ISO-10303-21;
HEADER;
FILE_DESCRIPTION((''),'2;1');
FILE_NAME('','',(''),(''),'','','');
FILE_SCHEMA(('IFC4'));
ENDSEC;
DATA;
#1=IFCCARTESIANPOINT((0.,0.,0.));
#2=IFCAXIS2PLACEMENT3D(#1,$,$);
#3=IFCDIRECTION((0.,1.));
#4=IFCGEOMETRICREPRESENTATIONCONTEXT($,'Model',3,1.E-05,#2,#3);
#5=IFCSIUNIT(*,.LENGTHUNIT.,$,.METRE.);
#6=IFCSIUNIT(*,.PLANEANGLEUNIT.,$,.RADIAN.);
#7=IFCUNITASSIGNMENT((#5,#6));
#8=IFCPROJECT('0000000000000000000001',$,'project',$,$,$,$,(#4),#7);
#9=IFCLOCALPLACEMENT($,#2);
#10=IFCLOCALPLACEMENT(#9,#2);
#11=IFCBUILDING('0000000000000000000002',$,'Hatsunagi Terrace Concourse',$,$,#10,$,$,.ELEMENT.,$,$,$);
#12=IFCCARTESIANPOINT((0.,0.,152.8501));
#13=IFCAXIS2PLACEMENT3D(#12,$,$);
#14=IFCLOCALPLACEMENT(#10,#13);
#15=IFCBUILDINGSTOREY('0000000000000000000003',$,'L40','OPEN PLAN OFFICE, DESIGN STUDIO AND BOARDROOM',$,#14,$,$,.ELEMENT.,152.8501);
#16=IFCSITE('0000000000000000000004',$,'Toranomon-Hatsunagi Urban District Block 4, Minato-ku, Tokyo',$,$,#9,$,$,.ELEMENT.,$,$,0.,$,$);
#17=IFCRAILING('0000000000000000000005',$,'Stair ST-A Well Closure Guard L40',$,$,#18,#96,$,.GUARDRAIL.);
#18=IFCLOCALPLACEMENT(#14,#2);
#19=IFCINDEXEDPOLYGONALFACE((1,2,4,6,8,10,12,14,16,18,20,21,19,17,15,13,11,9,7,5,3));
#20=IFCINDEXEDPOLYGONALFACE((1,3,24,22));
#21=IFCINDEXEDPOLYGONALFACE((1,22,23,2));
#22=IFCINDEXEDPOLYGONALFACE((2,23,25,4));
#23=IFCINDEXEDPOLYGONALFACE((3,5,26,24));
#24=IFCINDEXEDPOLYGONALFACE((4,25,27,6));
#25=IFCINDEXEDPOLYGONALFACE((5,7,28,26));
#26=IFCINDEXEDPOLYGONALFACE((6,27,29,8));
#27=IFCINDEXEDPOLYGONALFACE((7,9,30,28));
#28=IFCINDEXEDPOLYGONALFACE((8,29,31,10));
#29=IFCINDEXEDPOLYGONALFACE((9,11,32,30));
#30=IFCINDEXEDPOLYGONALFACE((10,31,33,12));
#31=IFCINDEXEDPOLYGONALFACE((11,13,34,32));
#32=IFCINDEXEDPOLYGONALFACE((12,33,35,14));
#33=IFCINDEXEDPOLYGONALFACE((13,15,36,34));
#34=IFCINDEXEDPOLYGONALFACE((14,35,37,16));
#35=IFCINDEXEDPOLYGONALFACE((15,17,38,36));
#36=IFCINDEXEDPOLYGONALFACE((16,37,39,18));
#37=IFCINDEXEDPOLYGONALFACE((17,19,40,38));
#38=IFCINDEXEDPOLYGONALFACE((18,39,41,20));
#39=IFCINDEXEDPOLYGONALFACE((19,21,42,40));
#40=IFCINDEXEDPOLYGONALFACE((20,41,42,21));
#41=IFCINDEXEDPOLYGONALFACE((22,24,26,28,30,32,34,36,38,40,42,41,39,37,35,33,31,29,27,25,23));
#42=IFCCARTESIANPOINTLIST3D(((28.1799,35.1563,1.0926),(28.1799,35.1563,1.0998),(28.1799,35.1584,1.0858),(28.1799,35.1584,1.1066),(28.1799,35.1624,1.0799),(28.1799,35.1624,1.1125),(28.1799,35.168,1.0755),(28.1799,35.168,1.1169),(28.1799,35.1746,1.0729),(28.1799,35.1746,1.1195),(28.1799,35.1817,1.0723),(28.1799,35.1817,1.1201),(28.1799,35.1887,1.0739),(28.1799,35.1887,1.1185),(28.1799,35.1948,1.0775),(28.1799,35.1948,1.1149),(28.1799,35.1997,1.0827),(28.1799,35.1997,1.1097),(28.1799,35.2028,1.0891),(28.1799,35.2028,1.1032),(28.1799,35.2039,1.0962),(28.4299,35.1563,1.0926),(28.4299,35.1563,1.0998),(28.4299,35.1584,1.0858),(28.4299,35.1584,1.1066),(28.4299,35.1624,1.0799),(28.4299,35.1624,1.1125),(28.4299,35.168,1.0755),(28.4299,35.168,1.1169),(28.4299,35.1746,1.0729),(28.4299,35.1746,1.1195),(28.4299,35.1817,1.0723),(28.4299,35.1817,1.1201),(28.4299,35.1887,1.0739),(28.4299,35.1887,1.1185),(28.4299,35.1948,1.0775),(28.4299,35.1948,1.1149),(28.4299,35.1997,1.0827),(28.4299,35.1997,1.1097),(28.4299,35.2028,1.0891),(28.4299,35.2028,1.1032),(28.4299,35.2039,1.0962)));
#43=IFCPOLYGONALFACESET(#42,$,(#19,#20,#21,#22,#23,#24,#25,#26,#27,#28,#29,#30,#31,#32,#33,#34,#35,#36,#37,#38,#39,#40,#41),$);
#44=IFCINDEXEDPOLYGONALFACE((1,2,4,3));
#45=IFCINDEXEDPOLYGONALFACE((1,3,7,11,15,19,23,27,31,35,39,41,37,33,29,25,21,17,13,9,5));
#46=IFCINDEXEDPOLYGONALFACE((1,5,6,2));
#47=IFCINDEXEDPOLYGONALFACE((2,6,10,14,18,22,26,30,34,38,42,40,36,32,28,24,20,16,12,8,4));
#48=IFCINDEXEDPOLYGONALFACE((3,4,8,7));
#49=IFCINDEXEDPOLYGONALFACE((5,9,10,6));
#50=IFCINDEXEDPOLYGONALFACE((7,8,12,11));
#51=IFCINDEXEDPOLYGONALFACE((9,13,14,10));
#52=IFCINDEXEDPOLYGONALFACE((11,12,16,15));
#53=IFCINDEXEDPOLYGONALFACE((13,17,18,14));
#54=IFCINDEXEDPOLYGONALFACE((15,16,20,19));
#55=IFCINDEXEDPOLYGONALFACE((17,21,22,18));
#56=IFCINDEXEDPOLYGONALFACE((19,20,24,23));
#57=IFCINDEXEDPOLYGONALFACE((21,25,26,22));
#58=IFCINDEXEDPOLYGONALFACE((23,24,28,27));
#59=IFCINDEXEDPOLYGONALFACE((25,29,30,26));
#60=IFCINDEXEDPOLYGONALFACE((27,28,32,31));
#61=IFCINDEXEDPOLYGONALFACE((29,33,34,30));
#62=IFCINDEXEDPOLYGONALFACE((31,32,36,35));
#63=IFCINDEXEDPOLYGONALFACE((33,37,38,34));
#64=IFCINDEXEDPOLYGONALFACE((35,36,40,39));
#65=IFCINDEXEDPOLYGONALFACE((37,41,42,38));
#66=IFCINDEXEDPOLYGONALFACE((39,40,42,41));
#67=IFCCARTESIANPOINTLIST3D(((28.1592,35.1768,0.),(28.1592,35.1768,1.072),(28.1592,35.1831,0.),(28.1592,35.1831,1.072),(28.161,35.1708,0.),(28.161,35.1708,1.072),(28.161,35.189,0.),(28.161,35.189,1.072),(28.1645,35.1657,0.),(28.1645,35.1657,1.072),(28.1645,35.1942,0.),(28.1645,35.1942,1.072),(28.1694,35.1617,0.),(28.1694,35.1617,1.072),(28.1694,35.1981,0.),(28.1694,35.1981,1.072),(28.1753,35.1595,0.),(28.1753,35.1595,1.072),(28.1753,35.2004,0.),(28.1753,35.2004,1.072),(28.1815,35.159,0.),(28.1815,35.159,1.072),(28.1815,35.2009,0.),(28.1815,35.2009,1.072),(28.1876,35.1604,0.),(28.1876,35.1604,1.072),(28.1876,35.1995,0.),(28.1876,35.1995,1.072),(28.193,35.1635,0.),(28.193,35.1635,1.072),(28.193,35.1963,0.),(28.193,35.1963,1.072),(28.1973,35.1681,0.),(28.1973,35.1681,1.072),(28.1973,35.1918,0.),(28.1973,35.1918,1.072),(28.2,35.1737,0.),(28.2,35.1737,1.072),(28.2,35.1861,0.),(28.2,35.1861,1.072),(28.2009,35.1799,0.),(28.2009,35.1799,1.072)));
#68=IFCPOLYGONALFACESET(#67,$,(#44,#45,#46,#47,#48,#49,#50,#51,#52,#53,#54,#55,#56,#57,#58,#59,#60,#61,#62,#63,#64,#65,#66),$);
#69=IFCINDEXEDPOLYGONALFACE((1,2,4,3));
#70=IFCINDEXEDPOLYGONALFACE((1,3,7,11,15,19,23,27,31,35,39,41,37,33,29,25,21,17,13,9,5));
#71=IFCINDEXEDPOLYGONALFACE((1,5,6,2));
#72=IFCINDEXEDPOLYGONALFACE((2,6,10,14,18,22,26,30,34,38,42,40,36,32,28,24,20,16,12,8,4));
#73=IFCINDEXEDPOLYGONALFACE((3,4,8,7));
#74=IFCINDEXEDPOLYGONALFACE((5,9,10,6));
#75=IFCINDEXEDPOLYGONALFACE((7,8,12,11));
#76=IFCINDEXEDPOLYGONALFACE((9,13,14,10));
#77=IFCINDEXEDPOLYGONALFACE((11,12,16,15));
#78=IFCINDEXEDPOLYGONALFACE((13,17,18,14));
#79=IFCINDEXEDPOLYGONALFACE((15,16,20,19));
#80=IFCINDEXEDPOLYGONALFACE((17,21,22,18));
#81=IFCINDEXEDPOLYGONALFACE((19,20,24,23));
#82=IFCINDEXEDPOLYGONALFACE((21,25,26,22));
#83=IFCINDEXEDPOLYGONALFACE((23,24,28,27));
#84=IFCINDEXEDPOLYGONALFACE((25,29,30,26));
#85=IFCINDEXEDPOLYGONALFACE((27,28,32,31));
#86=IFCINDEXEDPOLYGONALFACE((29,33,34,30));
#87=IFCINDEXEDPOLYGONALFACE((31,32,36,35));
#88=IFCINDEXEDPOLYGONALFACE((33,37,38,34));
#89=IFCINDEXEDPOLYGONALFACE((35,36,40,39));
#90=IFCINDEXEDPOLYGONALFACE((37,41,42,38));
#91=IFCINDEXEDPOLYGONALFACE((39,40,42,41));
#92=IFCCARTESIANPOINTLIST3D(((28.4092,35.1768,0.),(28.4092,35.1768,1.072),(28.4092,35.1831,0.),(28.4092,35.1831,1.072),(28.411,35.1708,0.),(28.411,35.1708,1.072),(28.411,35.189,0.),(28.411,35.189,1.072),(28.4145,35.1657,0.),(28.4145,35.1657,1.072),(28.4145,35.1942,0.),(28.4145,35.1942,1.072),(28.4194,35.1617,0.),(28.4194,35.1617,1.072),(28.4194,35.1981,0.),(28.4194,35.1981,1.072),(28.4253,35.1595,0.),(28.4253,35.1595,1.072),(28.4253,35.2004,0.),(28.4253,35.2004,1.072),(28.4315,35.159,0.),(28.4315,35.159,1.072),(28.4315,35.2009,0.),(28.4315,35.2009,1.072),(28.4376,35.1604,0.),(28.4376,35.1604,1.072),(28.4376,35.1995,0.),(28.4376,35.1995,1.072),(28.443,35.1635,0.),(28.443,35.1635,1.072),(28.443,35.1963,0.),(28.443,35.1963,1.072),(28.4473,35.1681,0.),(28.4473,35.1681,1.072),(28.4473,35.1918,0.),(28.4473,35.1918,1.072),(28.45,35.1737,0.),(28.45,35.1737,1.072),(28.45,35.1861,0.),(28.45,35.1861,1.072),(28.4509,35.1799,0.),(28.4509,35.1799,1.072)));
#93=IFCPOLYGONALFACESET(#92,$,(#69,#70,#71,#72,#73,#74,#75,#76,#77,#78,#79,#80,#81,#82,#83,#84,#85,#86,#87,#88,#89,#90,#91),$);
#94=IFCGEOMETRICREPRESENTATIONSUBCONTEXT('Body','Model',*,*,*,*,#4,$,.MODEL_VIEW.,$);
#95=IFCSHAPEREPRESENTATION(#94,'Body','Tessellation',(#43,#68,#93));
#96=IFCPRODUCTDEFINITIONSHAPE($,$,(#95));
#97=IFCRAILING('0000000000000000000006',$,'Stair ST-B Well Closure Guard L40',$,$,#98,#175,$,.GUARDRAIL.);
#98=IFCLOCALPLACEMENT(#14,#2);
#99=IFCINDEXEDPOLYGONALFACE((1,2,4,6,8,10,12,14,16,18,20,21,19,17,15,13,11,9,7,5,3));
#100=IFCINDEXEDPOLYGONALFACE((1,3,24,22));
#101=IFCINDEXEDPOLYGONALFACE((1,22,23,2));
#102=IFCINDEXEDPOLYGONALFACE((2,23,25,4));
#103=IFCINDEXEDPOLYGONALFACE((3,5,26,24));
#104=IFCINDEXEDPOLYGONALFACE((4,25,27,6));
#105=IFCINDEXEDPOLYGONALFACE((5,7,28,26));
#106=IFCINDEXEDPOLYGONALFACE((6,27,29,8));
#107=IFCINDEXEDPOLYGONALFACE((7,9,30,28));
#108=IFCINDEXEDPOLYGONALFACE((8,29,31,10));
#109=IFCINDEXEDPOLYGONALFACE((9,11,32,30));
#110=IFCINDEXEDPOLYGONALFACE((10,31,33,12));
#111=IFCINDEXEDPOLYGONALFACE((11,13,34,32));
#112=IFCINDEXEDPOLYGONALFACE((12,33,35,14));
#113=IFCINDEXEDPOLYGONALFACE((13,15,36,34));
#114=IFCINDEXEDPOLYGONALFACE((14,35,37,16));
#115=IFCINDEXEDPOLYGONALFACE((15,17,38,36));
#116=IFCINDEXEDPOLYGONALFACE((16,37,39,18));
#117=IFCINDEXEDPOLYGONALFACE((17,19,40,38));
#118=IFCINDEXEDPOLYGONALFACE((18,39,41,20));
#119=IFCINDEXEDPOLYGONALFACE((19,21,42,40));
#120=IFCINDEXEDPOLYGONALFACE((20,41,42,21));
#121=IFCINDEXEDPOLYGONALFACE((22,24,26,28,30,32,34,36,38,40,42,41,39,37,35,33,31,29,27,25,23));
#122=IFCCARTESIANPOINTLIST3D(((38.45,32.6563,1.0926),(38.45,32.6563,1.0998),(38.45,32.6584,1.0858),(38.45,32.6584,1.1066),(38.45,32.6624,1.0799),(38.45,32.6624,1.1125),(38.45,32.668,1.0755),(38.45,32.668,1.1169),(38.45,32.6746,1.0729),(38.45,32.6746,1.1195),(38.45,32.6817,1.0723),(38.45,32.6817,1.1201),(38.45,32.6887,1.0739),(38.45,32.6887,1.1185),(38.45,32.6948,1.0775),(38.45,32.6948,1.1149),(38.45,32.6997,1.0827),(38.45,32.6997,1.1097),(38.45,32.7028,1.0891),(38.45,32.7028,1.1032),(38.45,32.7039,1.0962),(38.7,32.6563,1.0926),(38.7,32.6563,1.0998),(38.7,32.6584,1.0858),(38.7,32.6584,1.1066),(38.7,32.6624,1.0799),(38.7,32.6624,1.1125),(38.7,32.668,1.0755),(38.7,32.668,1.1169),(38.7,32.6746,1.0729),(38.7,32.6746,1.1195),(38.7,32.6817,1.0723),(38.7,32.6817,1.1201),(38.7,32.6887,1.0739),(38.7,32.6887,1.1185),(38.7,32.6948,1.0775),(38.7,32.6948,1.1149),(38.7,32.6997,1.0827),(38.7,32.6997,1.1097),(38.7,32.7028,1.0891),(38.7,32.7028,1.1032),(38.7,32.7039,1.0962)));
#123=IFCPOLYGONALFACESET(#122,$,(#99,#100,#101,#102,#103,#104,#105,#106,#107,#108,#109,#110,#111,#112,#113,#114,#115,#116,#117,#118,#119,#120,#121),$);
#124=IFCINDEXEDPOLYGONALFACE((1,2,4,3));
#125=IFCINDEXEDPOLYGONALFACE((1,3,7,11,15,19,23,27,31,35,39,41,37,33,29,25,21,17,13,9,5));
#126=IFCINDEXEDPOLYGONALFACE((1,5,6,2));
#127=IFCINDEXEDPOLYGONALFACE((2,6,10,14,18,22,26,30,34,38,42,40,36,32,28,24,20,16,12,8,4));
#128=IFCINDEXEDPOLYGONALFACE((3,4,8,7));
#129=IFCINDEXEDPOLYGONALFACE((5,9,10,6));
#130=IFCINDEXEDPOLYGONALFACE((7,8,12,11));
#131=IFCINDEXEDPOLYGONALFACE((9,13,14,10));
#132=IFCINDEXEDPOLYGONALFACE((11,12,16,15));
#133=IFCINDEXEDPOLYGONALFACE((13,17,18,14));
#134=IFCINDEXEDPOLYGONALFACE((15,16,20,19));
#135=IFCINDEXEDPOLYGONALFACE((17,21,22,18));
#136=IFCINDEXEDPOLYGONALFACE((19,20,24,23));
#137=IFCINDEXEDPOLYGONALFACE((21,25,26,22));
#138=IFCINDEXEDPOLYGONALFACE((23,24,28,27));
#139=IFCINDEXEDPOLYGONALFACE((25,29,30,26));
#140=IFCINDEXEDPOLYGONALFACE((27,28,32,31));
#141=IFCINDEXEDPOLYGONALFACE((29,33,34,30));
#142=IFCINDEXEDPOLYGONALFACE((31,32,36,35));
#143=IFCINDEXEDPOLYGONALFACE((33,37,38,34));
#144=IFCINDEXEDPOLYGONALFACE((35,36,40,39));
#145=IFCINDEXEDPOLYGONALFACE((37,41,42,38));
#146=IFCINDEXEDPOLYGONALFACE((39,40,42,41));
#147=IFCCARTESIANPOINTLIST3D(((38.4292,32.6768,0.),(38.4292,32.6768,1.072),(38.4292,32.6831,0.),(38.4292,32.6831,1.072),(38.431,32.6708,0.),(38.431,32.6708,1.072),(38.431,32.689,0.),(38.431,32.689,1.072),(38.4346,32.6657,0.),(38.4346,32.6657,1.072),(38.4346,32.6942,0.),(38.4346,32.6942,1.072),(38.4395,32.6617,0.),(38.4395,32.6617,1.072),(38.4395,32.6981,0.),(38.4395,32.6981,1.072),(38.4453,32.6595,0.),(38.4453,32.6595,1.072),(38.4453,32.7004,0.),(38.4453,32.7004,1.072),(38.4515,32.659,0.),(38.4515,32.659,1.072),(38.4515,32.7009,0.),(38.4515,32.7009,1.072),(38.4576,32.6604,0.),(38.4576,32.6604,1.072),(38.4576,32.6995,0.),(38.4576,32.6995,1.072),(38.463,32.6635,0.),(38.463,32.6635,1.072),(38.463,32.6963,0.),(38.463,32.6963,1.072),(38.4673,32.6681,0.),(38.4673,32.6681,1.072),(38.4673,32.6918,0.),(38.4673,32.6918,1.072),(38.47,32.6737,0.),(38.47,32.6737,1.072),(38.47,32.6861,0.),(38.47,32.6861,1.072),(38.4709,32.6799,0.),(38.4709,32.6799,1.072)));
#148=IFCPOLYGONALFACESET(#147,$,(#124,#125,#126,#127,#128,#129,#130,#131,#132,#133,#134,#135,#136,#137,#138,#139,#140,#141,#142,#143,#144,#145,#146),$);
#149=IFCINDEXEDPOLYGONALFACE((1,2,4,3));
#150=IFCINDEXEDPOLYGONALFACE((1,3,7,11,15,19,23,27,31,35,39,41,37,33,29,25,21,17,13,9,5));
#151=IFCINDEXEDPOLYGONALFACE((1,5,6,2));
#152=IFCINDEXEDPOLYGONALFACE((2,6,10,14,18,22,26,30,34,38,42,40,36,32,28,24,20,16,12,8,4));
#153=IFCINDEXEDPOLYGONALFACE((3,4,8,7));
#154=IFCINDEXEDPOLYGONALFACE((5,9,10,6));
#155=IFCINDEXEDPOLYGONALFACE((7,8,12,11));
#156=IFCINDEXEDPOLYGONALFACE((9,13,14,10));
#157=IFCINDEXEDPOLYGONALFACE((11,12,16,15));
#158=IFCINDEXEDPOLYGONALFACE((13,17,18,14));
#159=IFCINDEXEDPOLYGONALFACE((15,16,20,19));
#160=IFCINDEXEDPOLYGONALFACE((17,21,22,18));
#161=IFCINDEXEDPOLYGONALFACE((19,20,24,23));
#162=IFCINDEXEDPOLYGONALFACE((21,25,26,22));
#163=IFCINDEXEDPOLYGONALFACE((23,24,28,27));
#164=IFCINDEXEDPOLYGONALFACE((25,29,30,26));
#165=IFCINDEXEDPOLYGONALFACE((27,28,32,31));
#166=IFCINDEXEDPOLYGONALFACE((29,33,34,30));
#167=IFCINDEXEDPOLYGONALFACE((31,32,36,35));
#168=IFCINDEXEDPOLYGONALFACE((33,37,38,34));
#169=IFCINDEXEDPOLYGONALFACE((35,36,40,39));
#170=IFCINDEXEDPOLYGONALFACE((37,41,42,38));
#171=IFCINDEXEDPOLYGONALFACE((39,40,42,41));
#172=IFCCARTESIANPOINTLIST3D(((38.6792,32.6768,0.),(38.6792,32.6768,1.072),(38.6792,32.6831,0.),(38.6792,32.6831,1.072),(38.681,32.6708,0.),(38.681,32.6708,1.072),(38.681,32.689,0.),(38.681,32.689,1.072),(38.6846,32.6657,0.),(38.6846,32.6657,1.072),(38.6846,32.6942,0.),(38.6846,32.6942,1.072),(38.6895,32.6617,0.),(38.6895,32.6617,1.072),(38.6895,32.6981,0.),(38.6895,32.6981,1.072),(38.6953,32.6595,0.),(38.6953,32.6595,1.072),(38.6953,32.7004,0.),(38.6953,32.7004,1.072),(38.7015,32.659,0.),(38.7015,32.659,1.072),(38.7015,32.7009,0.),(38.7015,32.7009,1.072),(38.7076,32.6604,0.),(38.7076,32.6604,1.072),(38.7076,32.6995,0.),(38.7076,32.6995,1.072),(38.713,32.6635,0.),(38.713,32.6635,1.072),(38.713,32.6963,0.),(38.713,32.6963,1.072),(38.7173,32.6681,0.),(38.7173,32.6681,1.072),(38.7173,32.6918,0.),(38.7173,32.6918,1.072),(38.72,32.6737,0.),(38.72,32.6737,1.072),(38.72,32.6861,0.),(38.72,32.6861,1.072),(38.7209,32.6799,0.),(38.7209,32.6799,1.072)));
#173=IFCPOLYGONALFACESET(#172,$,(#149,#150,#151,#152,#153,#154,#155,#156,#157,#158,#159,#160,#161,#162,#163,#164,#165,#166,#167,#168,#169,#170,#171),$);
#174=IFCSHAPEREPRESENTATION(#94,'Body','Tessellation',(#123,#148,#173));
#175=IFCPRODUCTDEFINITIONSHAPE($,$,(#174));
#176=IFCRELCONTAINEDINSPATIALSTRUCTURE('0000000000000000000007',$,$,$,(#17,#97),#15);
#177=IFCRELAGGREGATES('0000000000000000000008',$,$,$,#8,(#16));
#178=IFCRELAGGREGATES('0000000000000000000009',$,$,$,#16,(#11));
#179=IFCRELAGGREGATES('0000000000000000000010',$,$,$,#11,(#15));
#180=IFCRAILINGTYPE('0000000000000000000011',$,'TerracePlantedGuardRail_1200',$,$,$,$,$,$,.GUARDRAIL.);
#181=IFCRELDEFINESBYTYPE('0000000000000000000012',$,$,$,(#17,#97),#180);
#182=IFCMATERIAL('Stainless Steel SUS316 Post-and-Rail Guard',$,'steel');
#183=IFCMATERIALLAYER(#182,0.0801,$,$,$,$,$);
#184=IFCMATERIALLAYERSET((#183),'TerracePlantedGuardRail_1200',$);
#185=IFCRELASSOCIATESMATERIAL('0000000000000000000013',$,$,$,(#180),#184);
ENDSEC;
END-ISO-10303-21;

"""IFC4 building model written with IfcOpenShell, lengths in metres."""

from ifc_helpers import new_model, si_unit, direction, frame, origin, origin_2d, place, context, subcontext, project, spatial, circle, extrude, material, layer, layer_set, type_object, element, save


model = new_model("IFC4")

# Units and contexts
model_context = context("Model", 3, precision=1e-05, world=origin(), true_north=direction((0.0, 1.0)))
body_context = subcontext(model_context, "Body", "Model", "MODEL_VIEW")
ifc_project = project(units=[si_unit("LENGTHUNIT", "METRE"), si_unit("PLANEANGLEUNIT", "RADIAN")], contexts=[model_context])

# Site, building, storey
site_placement = place(None, origin())
site = spatial("IfcSite", under=ifc_project, at=site_placement, Name="Toranomon-Hatsunagi Urban District Block 4, Minato-ku, Tokyo", CompositionType="ELEMENT", RefElevation=0.0)
building_placement = place(site_placement, origin())
building = spatial("IfcBuilding", under=site, at=building_placement, Name="Hatsunagi Terrace Concourse", CompositionType="ELEMENT")
storey_placement = place(building_placement, frame((0.0, 0.0, 152.8501)))
storey = spatial("IfcBuildingStorey", under=building, at=storey_placement, Name="L40", Description="OPEN PLAN OFFICE, DESIGN STUDIO AND BOARDROOM", CompositionType="ELEMENT", Elevation=152.8501)

# Railings
ifc_material_1 = material(Name="Stainless Steel SUS316 Post-and-Rail Guard", Category="steel")
ifc_layer_1 = layer(ifc_material_1, 0.0801)
ifc_layer_set_1 = layer_set([ifc_layer_1], Name="TerracePlantedGuardRail_1200")
railing_type_1 = type_object("IfcRailingType", Name="TerracePlantedGuardRail_1200", PredefinedType="GUARDRAIL", material=ifc_layer_set_1)
for number, where, name in (
    (1, (28.1799, 35.1799, 0.0), "Stair ST-A Well Closure Guard L40"),
    (2, (38.45, 32.6799, 0.0), "Stair ST-B Well Closure Guard L40"),
):
    element("IfcRailing", number, at=place(storey_placement, frame(where)), inside=storey, type_object=railing_type_1, Name=name, PredefinedType="GUARDRAIL", context=body_context, shape_type="SweptSolid", body=[
        extrude(circle(Radius=0.0239, at=origin_2d()), frame((0.0, 0.0, 1.0962), z_axis=(1.0, 0.0, 0.0), x_axis=(0.0, 1.0, 0.0)), (0.0, 0.0, 1.0), 0.25),
        extrude(circle(Radius=0.021, at=origin_2d()), origin(), (0.0, 0.0, 1.0), 1.072),
        extrude(circle(Radius=0.021, at=origin_2d()), frame((0.25, 0.0, 0.0)), (0.0, 0.0, 1.0), 1.072),
    ])

save(model, "model.ifc")
